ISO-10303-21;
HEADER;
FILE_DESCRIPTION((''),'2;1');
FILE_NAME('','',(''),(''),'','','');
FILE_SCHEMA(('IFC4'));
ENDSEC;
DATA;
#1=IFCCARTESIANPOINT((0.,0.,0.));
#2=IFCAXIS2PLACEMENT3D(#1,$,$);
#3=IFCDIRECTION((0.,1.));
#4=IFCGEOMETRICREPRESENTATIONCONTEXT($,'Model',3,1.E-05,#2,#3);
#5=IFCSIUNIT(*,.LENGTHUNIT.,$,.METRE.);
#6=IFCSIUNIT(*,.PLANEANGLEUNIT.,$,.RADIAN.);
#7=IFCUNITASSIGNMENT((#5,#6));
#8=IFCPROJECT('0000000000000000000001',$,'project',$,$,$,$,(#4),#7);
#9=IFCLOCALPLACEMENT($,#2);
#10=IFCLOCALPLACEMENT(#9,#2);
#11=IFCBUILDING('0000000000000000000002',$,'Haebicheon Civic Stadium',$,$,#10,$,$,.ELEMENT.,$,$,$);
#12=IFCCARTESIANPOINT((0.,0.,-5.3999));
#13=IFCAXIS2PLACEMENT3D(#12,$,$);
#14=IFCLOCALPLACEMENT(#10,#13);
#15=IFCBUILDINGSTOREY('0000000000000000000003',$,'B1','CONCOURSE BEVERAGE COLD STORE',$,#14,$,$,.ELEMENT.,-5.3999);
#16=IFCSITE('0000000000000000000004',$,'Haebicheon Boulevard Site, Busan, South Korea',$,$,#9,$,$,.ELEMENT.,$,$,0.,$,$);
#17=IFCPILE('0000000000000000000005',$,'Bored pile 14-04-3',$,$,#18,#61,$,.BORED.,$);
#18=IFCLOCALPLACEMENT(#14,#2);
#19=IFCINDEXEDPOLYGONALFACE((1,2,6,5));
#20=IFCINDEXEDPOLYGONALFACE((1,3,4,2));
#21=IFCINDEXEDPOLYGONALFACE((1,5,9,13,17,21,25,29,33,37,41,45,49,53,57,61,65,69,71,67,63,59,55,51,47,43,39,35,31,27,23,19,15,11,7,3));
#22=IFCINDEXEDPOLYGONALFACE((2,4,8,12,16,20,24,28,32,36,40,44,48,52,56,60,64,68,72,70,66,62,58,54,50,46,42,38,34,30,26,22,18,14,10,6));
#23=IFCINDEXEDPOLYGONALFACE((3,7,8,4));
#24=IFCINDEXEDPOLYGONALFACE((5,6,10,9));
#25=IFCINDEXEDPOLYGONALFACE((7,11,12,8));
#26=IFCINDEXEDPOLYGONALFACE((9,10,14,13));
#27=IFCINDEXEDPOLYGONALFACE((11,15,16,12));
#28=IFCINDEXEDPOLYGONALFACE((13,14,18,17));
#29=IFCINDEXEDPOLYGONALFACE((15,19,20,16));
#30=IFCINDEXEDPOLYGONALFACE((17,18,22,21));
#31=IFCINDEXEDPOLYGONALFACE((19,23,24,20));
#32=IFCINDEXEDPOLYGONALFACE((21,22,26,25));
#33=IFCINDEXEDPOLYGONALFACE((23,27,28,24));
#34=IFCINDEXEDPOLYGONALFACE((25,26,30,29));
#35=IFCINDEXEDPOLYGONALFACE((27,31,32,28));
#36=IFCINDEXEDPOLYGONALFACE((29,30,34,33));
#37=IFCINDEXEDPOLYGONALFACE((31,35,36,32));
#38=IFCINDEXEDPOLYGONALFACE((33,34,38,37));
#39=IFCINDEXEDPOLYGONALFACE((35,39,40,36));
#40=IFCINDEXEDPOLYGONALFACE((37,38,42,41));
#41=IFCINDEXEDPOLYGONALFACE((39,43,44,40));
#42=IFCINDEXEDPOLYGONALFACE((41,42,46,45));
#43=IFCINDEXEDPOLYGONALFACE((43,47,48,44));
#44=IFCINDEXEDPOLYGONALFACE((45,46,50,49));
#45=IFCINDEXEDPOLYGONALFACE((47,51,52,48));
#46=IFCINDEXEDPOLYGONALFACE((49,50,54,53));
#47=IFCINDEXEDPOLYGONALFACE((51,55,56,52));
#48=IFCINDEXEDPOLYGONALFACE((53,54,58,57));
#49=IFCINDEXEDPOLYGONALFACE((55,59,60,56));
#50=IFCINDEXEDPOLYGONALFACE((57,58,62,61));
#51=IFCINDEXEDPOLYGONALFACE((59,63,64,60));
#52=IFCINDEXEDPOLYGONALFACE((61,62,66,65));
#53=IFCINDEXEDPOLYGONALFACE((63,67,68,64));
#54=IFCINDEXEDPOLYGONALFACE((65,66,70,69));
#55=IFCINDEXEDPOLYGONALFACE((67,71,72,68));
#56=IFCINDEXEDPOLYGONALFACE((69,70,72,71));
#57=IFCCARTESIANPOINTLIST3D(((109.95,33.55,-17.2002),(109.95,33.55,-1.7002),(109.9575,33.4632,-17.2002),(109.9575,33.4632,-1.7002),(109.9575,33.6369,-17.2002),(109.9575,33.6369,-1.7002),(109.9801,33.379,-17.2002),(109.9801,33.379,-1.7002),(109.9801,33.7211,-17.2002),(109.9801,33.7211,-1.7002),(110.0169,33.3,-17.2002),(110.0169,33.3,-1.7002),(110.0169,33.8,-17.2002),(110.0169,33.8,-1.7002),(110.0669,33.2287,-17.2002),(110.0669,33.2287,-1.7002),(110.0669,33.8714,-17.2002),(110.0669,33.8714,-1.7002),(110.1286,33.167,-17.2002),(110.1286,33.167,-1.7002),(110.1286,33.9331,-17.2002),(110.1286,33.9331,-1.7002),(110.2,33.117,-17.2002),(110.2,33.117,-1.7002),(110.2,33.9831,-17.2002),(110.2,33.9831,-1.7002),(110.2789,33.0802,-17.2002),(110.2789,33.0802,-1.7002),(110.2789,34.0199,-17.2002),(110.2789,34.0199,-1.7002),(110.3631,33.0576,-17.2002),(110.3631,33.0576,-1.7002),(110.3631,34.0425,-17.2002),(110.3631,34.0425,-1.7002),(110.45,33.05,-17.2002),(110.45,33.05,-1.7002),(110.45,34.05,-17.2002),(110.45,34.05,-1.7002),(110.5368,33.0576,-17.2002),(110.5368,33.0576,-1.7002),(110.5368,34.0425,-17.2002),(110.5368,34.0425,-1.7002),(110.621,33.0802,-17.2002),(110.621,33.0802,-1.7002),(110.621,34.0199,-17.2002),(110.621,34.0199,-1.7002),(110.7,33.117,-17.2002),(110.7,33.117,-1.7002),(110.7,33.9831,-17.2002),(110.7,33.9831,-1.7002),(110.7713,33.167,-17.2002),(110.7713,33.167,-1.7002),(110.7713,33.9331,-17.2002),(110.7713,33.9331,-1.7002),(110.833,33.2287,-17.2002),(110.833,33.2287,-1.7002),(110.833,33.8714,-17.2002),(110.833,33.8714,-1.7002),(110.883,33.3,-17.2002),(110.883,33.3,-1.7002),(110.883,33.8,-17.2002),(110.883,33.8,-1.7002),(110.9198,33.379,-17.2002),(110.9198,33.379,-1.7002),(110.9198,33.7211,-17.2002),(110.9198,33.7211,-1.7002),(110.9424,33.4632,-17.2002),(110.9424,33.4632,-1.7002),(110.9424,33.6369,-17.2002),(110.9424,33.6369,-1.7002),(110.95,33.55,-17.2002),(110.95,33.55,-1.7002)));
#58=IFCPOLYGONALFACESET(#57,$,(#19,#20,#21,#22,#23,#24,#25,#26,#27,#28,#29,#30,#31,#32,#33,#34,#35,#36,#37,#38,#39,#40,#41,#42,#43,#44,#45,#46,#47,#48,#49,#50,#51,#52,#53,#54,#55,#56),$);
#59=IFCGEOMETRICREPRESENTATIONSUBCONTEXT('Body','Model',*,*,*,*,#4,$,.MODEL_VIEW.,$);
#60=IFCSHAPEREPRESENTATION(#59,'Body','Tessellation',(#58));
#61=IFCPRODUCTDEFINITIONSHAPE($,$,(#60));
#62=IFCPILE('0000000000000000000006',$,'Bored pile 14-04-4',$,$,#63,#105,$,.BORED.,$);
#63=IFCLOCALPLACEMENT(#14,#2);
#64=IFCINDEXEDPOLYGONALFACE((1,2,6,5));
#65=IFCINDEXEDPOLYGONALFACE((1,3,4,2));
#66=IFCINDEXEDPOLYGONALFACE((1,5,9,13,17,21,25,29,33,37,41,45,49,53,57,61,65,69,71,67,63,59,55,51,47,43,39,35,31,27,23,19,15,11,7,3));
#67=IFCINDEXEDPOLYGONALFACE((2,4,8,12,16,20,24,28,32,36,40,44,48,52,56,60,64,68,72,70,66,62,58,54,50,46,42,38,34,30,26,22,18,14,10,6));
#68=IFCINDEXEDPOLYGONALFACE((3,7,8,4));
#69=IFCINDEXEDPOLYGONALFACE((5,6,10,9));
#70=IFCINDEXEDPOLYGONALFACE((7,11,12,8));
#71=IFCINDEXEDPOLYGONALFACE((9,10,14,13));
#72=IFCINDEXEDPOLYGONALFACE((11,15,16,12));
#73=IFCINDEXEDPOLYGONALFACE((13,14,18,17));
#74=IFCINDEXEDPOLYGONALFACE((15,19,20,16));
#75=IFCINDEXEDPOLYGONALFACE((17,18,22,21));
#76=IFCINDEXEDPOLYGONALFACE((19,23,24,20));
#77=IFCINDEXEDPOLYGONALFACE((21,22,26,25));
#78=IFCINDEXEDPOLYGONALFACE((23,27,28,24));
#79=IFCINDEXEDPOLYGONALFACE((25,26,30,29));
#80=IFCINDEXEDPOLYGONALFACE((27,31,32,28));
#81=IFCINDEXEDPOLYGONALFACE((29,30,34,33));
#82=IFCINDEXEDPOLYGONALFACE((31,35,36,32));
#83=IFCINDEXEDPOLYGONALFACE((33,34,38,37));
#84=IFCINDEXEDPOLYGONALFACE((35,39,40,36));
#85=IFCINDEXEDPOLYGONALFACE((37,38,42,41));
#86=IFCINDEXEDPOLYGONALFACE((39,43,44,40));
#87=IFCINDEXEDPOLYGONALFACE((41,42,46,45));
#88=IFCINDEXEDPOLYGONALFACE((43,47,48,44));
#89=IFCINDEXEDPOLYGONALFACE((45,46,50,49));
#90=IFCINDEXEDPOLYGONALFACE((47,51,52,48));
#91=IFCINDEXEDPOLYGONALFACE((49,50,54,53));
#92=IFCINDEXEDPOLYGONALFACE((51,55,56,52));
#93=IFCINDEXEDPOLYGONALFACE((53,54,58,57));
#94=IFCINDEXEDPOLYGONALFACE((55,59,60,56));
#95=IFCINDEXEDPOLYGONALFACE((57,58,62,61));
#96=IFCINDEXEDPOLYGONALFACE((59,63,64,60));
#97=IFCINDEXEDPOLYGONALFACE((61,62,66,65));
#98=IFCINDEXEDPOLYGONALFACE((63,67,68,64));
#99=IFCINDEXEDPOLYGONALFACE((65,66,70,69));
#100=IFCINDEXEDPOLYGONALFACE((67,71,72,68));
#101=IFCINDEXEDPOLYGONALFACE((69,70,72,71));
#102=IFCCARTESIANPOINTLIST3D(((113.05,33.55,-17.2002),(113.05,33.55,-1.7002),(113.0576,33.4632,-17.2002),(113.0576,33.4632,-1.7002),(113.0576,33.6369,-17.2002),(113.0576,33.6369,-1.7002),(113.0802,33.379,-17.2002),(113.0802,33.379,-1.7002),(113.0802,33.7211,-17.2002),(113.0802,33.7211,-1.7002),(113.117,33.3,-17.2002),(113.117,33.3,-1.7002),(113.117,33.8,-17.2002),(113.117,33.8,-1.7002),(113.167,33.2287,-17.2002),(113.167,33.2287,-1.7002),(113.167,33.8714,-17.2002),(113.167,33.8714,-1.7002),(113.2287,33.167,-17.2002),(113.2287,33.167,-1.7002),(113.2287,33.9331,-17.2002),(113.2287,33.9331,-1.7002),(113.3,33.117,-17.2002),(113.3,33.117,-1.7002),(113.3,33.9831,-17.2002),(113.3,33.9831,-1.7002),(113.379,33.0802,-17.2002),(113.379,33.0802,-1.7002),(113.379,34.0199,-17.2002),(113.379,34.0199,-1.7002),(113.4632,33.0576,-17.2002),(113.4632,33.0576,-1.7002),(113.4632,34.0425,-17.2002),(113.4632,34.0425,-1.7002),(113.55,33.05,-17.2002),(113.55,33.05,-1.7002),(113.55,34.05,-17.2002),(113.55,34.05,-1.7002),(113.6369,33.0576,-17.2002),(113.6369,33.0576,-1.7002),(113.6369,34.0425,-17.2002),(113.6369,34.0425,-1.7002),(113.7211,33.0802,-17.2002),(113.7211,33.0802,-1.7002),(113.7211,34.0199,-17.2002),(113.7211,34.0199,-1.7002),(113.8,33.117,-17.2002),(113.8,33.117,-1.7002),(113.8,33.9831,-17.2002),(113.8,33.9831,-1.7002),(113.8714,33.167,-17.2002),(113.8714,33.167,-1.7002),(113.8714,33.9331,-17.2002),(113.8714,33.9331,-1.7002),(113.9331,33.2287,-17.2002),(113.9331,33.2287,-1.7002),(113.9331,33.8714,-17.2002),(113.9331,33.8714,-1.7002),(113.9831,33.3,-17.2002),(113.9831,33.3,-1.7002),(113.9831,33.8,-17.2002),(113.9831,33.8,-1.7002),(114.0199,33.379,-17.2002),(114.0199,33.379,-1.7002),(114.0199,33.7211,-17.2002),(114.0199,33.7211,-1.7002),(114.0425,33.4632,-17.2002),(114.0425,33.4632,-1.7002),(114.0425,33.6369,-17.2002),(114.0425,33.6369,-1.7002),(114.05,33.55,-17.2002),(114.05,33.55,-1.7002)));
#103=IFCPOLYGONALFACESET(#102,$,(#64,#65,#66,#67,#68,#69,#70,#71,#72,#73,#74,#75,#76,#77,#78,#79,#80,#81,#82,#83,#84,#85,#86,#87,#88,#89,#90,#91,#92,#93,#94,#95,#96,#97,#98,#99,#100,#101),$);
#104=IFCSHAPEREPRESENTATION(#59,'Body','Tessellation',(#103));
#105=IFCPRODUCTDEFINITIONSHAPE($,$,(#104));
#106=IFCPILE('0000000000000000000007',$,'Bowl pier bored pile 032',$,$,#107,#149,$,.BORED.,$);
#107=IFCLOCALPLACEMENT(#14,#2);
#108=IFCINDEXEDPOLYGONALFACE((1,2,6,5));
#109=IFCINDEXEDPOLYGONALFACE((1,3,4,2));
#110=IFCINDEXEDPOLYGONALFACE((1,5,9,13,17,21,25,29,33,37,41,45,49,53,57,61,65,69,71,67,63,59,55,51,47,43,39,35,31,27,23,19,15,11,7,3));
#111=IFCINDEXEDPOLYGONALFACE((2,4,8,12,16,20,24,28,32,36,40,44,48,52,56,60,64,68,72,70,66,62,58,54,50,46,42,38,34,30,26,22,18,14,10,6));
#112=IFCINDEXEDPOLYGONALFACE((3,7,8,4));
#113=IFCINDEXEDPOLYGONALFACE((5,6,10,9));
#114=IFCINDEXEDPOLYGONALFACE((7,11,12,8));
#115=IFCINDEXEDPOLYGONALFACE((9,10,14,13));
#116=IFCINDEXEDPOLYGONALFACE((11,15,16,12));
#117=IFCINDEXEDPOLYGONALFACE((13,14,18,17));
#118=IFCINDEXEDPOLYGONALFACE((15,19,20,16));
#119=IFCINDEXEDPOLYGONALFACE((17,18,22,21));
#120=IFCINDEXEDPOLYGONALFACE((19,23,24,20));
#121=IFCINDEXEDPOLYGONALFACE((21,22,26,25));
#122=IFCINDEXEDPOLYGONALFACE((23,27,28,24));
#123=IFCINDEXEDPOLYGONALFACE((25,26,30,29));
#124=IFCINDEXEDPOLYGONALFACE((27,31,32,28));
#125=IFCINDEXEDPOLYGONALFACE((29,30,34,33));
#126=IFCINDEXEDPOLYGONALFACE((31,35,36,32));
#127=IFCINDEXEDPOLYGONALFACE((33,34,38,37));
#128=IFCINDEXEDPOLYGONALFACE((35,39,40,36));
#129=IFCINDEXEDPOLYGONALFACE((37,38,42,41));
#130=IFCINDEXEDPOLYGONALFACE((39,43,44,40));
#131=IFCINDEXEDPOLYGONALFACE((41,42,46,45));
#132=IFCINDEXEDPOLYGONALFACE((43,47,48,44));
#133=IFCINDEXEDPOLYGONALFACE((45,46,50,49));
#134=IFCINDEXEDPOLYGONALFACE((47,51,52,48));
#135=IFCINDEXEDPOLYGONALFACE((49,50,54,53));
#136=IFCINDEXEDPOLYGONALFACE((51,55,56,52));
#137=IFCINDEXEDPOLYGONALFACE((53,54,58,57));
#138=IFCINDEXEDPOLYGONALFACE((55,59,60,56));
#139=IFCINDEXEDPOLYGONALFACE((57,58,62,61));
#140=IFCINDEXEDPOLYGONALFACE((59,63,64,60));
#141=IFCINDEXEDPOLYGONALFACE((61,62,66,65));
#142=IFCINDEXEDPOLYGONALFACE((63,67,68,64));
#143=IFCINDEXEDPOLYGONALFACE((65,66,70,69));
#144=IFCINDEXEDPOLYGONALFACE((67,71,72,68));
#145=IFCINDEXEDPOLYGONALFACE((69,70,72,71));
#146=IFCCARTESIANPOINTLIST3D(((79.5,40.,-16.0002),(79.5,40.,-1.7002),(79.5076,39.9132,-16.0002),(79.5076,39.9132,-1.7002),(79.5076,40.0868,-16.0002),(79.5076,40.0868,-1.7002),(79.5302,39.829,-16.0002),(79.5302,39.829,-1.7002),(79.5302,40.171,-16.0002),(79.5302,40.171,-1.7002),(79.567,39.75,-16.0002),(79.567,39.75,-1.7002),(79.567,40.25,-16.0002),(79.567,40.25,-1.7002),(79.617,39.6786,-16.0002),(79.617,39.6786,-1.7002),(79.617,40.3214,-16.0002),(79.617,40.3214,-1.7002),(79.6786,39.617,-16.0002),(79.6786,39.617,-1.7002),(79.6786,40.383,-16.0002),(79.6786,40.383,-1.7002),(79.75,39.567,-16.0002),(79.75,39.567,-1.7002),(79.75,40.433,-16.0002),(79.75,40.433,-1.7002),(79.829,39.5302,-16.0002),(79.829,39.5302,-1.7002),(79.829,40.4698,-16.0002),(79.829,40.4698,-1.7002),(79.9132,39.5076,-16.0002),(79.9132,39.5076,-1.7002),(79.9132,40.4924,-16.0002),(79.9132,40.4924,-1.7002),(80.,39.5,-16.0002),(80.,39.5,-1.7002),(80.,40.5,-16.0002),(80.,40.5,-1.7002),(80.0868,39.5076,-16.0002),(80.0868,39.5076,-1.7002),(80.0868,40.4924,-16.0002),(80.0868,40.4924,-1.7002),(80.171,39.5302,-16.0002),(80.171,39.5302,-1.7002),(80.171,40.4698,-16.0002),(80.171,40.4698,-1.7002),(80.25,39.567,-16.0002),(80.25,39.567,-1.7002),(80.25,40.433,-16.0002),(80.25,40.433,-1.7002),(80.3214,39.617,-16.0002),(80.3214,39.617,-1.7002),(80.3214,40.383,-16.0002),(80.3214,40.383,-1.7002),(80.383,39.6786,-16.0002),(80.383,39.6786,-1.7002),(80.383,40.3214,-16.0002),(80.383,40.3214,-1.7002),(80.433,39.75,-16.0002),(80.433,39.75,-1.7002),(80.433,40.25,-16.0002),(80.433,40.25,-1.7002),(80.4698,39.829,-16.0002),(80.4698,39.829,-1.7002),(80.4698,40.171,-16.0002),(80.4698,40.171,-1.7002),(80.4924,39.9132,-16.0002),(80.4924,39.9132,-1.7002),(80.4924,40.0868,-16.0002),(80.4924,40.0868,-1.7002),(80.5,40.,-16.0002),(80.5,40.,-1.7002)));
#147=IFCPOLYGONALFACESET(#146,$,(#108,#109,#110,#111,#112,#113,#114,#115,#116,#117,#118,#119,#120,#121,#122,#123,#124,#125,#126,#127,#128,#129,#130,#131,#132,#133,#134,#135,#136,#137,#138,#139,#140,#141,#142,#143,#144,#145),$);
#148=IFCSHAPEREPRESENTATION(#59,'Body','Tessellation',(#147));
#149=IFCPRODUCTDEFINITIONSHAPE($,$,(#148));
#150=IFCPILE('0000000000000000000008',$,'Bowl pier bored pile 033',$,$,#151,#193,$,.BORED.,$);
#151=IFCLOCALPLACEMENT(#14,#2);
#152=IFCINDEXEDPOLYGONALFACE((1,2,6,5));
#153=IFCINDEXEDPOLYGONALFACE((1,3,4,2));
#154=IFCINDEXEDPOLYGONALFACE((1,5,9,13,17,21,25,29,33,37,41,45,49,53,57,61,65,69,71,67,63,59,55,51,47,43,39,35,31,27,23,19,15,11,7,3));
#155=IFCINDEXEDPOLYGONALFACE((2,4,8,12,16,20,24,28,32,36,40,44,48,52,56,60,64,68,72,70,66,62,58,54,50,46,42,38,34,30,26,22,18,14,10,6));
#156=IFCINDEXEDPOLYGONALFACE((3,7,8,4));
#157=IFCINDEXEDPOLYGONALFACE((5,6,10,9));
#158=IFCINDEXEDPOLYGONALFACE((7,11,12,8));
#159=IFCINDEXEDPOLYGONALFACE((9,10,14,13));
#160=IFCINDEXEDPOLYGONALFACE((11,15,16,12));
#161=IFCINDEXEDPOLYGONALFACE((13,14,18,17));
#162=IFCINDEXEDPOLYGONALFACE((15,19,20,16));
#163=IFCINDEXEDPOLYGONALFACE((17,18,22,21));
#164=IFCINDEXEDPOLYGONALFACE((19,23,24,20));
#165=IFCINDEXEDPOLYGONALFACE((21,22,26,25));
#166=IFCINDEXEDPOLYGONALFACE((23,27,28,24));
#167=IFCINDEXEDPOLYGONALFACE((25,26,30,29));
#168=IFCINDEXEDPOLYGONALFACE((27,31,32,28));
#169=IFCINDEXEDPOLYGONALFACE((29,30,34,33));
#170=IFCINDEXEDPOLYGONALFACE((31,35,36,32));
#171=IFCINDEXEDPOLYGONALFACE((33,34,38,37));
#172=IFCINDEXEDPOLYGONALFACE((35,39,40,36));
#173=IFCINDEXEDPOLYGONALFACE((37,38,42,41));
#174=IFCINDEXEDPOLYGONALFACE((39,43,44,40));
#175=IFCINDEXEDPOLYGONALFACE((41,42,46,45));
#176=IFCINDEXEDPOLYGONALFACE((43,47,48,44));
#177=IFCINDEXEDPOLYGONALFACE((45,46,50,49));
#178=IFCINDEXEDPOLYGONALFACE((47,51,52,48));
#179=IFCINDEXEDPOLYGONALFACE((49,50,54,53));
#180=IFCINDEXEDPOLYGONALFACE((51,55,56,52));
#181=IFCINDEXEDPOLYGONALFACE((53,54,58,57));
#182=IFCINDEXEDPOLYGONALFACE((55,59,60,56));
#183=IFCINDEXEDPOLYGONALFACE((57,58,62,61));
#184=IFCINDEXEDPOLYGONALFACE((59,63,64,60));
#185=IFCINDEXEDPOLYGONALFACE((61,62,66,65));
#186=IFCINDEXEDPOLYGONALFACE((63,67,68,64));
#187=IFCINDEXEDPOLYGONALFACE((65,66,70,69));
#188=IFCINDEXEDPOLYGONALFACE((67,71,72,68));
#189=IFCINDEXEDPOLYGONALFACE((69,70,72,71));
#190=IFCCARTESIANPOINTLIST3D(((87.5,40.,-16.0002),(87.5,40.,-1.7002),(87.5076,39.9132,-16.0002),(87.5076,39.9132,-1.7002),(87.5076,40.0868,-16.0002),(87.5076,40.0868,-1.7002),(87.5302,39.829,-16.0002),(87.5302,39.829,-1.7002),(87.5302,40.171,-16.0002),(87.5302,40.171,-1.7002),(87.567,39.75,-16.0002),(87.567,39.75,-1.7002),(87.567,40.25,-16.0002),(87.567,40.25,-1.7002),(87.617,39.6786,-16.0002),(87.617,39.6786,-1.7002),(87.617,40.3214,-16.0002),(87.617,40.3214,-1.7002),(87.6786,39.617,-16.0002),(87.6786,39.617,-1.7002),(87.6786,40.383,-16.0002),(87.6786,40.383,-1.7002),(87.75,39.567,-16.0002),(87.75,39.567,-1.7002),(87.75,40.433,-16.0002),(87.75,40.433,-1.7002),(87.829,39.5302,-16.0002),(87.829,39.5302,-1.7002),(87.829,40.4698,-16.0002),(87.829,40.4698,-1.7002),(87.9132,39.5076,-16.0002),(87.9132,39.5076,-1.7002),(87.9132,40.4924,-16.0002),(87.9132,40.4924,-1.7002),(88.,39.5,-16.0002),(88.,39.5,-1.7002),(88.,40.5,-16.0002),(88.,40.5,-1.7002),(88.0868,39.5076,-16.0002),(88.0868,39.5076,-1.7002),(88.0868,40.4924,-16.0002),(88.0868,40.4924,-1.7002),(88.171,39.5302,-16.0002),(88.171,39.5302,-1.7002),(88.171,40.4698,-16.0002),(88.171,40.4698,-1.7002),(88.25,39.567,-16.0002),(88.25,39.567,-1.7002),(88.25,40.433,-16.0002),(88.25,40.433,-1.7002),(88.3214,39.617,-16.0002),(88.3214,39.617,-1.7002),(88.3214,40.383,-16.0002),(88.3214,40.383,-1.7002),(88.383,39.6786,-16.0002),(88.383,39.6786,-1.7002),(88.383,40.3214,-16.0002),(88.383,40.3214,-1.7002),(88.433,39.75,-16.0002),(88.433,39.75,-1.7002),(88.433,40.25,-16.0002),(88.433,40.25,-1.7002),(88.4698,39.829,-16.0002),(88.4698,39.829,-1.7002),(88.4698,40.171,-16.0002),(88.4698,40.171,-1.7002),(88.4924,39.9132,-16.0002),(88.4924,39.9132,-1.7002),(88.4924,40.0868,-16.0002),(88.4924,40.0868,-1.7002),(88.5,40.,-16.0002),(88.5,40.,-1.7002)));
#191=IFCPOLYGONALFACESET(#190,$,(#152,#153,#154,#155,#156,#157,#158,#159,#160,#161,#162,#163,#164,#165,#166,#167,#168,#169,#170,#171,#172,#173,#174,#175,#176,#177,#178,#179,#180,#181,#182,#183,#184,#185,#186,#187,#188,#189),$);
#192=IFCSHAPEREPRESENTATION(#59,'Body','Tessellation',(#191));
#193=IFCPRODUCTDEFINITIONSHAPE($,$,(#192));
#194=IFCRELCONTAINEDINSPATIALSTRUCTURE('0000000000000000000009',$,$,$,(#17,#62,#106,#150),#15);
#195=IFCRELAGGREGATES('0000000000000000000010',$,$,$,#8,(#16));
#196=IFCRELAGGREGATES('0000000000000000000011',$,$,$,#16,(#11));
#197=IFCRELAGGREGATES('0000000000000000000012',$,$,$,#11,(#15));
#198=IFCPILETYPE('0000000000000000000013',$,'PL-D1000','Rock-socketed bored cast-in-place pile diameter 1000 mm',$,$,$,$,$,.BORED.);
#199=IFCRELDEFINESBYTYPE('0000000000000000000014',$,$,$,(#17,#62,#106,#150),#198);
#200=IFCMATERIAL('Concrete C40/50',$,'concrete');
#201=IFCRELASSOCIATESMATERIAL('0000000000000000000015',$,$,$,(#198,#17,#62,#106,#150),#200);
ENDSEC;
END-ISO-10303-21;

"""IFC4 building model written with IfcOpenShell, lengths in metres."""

from ifc_helpers import new_model, si_unit, direction, frame, origin, origin_2d, place, context, subcontext, project, spatial, circle, extrude, material, material_profile, profile_set, type_object, element, save


model = new_model("IFC4")

# Units and contexts
model_context = context("Model", 3, precision=1e-05, world=origin(), true_north=direction((0.0, 1.0)))
body_context = subcontext(model_context, "Body", "Model", "MODEL_VIEW")
ifc_project = project(units=[si_unit("LENGTHUNIT", "METRE"), si_unit("PLANEANGLEUNIT", "RADIAN")], contexts=[model_context])

# Site, building, storey
site_placement = place(None, origin())
site = spatial("IfcSite", under=ifc_project, at=site_placement, Name="Haebicheon Boulevard Site, Busan, South Korea", CompositionType="ELEMENT", RefElevation=0.0)
building_placement = place(site_placement, origin())
building = spatial("IfcBuilding", under=site, at=building_placement, Name="Haebicheon Civic Stadium", CompositionType="ELEMENT")
storey_placement = place(building_placement, frame((0.0, 0.0, -5.3999)))
storey = spatial("IfcBuildingStorey", under=building, at=storey_placement, Name="B1", Description="CONCOURSE BEVERAGE COLD STORE", CompositionType="ELEMENT", Elevation=-5.3999)

# Piles
ifc_material_1 = material(Name="Concrete C40/50", Category="concrete")
ifc_material_profile_1 = material_profile(ifc_material_1, circle(Radius=0.5, at=origin_2d()), Name="PILE-D1000")
ifc_profile_set_1 = profile_set([ifc_material_profile_1], Name="Concrete C40/50")
pile_type = type_object("IfcPileType", Name="PL-D1000", Description="Rock-socketed bored cast-in-place pile diameter 1000 mm", PredefinedType="BORED", material=ifc_profile_set_1)
for number, where, z_axis, x_axis, name in (
    (1, (110.45, 33.55, -1.7002), (0.0, 0.0, -1.0), (1.0, 0.0, 0.0), "Bored pile 14-04-3"),
    (2, (113.55, 33.55, -1.7002), (0.0, 0.0, -1.0), (1.0, 0.0, 0.0), "Bored pile 14-04-4"),
):
    element("IfcPile", number, at=place(storey_placement, frame(where, z_axis=z_axis, x_axis=x_axis)), inside=storey, type_object=pile_type, material=ifc_profile_set_1, Name=name, PredefinedType="BORED", context=body_context, shape_type="SweptSolid", body=[
        extrude(circle(Radius=0.5, at=origin_2d()), origin(), (0.0, 0.0, 1.0), 15.5),
    ])
for number, where, z_axis, x_axis, name in (
    (3, (80.0, 40.0, -1.7002), (0.0, 0.0, -1.0), (1.0, 0.0, 0.0), "Bowl pier bored pile 032"),
    (4, (88.0, 40.0, -1.7002), (0.0, 0.0, -1.0), (1.0, 0.0, 0.0), "Bowl pier bored pile 033"),
):
    element("IfcPile", number, at=place(storey_placement, frame(where, z_axis=z_axis, x_axis=x_axis)), inside=storey, type_object=pile_type, material=ifc_profile_set_1, Name=name, PredefinedType="BORED", context=body_context, shape_type="SweptSolid", body=[
        extrude(circle(Radius=0.5, at=origin_2d()), origin(), (0.0, 0.0, 1.0), 14.3),
    ])

save(model, "model.ifc")
